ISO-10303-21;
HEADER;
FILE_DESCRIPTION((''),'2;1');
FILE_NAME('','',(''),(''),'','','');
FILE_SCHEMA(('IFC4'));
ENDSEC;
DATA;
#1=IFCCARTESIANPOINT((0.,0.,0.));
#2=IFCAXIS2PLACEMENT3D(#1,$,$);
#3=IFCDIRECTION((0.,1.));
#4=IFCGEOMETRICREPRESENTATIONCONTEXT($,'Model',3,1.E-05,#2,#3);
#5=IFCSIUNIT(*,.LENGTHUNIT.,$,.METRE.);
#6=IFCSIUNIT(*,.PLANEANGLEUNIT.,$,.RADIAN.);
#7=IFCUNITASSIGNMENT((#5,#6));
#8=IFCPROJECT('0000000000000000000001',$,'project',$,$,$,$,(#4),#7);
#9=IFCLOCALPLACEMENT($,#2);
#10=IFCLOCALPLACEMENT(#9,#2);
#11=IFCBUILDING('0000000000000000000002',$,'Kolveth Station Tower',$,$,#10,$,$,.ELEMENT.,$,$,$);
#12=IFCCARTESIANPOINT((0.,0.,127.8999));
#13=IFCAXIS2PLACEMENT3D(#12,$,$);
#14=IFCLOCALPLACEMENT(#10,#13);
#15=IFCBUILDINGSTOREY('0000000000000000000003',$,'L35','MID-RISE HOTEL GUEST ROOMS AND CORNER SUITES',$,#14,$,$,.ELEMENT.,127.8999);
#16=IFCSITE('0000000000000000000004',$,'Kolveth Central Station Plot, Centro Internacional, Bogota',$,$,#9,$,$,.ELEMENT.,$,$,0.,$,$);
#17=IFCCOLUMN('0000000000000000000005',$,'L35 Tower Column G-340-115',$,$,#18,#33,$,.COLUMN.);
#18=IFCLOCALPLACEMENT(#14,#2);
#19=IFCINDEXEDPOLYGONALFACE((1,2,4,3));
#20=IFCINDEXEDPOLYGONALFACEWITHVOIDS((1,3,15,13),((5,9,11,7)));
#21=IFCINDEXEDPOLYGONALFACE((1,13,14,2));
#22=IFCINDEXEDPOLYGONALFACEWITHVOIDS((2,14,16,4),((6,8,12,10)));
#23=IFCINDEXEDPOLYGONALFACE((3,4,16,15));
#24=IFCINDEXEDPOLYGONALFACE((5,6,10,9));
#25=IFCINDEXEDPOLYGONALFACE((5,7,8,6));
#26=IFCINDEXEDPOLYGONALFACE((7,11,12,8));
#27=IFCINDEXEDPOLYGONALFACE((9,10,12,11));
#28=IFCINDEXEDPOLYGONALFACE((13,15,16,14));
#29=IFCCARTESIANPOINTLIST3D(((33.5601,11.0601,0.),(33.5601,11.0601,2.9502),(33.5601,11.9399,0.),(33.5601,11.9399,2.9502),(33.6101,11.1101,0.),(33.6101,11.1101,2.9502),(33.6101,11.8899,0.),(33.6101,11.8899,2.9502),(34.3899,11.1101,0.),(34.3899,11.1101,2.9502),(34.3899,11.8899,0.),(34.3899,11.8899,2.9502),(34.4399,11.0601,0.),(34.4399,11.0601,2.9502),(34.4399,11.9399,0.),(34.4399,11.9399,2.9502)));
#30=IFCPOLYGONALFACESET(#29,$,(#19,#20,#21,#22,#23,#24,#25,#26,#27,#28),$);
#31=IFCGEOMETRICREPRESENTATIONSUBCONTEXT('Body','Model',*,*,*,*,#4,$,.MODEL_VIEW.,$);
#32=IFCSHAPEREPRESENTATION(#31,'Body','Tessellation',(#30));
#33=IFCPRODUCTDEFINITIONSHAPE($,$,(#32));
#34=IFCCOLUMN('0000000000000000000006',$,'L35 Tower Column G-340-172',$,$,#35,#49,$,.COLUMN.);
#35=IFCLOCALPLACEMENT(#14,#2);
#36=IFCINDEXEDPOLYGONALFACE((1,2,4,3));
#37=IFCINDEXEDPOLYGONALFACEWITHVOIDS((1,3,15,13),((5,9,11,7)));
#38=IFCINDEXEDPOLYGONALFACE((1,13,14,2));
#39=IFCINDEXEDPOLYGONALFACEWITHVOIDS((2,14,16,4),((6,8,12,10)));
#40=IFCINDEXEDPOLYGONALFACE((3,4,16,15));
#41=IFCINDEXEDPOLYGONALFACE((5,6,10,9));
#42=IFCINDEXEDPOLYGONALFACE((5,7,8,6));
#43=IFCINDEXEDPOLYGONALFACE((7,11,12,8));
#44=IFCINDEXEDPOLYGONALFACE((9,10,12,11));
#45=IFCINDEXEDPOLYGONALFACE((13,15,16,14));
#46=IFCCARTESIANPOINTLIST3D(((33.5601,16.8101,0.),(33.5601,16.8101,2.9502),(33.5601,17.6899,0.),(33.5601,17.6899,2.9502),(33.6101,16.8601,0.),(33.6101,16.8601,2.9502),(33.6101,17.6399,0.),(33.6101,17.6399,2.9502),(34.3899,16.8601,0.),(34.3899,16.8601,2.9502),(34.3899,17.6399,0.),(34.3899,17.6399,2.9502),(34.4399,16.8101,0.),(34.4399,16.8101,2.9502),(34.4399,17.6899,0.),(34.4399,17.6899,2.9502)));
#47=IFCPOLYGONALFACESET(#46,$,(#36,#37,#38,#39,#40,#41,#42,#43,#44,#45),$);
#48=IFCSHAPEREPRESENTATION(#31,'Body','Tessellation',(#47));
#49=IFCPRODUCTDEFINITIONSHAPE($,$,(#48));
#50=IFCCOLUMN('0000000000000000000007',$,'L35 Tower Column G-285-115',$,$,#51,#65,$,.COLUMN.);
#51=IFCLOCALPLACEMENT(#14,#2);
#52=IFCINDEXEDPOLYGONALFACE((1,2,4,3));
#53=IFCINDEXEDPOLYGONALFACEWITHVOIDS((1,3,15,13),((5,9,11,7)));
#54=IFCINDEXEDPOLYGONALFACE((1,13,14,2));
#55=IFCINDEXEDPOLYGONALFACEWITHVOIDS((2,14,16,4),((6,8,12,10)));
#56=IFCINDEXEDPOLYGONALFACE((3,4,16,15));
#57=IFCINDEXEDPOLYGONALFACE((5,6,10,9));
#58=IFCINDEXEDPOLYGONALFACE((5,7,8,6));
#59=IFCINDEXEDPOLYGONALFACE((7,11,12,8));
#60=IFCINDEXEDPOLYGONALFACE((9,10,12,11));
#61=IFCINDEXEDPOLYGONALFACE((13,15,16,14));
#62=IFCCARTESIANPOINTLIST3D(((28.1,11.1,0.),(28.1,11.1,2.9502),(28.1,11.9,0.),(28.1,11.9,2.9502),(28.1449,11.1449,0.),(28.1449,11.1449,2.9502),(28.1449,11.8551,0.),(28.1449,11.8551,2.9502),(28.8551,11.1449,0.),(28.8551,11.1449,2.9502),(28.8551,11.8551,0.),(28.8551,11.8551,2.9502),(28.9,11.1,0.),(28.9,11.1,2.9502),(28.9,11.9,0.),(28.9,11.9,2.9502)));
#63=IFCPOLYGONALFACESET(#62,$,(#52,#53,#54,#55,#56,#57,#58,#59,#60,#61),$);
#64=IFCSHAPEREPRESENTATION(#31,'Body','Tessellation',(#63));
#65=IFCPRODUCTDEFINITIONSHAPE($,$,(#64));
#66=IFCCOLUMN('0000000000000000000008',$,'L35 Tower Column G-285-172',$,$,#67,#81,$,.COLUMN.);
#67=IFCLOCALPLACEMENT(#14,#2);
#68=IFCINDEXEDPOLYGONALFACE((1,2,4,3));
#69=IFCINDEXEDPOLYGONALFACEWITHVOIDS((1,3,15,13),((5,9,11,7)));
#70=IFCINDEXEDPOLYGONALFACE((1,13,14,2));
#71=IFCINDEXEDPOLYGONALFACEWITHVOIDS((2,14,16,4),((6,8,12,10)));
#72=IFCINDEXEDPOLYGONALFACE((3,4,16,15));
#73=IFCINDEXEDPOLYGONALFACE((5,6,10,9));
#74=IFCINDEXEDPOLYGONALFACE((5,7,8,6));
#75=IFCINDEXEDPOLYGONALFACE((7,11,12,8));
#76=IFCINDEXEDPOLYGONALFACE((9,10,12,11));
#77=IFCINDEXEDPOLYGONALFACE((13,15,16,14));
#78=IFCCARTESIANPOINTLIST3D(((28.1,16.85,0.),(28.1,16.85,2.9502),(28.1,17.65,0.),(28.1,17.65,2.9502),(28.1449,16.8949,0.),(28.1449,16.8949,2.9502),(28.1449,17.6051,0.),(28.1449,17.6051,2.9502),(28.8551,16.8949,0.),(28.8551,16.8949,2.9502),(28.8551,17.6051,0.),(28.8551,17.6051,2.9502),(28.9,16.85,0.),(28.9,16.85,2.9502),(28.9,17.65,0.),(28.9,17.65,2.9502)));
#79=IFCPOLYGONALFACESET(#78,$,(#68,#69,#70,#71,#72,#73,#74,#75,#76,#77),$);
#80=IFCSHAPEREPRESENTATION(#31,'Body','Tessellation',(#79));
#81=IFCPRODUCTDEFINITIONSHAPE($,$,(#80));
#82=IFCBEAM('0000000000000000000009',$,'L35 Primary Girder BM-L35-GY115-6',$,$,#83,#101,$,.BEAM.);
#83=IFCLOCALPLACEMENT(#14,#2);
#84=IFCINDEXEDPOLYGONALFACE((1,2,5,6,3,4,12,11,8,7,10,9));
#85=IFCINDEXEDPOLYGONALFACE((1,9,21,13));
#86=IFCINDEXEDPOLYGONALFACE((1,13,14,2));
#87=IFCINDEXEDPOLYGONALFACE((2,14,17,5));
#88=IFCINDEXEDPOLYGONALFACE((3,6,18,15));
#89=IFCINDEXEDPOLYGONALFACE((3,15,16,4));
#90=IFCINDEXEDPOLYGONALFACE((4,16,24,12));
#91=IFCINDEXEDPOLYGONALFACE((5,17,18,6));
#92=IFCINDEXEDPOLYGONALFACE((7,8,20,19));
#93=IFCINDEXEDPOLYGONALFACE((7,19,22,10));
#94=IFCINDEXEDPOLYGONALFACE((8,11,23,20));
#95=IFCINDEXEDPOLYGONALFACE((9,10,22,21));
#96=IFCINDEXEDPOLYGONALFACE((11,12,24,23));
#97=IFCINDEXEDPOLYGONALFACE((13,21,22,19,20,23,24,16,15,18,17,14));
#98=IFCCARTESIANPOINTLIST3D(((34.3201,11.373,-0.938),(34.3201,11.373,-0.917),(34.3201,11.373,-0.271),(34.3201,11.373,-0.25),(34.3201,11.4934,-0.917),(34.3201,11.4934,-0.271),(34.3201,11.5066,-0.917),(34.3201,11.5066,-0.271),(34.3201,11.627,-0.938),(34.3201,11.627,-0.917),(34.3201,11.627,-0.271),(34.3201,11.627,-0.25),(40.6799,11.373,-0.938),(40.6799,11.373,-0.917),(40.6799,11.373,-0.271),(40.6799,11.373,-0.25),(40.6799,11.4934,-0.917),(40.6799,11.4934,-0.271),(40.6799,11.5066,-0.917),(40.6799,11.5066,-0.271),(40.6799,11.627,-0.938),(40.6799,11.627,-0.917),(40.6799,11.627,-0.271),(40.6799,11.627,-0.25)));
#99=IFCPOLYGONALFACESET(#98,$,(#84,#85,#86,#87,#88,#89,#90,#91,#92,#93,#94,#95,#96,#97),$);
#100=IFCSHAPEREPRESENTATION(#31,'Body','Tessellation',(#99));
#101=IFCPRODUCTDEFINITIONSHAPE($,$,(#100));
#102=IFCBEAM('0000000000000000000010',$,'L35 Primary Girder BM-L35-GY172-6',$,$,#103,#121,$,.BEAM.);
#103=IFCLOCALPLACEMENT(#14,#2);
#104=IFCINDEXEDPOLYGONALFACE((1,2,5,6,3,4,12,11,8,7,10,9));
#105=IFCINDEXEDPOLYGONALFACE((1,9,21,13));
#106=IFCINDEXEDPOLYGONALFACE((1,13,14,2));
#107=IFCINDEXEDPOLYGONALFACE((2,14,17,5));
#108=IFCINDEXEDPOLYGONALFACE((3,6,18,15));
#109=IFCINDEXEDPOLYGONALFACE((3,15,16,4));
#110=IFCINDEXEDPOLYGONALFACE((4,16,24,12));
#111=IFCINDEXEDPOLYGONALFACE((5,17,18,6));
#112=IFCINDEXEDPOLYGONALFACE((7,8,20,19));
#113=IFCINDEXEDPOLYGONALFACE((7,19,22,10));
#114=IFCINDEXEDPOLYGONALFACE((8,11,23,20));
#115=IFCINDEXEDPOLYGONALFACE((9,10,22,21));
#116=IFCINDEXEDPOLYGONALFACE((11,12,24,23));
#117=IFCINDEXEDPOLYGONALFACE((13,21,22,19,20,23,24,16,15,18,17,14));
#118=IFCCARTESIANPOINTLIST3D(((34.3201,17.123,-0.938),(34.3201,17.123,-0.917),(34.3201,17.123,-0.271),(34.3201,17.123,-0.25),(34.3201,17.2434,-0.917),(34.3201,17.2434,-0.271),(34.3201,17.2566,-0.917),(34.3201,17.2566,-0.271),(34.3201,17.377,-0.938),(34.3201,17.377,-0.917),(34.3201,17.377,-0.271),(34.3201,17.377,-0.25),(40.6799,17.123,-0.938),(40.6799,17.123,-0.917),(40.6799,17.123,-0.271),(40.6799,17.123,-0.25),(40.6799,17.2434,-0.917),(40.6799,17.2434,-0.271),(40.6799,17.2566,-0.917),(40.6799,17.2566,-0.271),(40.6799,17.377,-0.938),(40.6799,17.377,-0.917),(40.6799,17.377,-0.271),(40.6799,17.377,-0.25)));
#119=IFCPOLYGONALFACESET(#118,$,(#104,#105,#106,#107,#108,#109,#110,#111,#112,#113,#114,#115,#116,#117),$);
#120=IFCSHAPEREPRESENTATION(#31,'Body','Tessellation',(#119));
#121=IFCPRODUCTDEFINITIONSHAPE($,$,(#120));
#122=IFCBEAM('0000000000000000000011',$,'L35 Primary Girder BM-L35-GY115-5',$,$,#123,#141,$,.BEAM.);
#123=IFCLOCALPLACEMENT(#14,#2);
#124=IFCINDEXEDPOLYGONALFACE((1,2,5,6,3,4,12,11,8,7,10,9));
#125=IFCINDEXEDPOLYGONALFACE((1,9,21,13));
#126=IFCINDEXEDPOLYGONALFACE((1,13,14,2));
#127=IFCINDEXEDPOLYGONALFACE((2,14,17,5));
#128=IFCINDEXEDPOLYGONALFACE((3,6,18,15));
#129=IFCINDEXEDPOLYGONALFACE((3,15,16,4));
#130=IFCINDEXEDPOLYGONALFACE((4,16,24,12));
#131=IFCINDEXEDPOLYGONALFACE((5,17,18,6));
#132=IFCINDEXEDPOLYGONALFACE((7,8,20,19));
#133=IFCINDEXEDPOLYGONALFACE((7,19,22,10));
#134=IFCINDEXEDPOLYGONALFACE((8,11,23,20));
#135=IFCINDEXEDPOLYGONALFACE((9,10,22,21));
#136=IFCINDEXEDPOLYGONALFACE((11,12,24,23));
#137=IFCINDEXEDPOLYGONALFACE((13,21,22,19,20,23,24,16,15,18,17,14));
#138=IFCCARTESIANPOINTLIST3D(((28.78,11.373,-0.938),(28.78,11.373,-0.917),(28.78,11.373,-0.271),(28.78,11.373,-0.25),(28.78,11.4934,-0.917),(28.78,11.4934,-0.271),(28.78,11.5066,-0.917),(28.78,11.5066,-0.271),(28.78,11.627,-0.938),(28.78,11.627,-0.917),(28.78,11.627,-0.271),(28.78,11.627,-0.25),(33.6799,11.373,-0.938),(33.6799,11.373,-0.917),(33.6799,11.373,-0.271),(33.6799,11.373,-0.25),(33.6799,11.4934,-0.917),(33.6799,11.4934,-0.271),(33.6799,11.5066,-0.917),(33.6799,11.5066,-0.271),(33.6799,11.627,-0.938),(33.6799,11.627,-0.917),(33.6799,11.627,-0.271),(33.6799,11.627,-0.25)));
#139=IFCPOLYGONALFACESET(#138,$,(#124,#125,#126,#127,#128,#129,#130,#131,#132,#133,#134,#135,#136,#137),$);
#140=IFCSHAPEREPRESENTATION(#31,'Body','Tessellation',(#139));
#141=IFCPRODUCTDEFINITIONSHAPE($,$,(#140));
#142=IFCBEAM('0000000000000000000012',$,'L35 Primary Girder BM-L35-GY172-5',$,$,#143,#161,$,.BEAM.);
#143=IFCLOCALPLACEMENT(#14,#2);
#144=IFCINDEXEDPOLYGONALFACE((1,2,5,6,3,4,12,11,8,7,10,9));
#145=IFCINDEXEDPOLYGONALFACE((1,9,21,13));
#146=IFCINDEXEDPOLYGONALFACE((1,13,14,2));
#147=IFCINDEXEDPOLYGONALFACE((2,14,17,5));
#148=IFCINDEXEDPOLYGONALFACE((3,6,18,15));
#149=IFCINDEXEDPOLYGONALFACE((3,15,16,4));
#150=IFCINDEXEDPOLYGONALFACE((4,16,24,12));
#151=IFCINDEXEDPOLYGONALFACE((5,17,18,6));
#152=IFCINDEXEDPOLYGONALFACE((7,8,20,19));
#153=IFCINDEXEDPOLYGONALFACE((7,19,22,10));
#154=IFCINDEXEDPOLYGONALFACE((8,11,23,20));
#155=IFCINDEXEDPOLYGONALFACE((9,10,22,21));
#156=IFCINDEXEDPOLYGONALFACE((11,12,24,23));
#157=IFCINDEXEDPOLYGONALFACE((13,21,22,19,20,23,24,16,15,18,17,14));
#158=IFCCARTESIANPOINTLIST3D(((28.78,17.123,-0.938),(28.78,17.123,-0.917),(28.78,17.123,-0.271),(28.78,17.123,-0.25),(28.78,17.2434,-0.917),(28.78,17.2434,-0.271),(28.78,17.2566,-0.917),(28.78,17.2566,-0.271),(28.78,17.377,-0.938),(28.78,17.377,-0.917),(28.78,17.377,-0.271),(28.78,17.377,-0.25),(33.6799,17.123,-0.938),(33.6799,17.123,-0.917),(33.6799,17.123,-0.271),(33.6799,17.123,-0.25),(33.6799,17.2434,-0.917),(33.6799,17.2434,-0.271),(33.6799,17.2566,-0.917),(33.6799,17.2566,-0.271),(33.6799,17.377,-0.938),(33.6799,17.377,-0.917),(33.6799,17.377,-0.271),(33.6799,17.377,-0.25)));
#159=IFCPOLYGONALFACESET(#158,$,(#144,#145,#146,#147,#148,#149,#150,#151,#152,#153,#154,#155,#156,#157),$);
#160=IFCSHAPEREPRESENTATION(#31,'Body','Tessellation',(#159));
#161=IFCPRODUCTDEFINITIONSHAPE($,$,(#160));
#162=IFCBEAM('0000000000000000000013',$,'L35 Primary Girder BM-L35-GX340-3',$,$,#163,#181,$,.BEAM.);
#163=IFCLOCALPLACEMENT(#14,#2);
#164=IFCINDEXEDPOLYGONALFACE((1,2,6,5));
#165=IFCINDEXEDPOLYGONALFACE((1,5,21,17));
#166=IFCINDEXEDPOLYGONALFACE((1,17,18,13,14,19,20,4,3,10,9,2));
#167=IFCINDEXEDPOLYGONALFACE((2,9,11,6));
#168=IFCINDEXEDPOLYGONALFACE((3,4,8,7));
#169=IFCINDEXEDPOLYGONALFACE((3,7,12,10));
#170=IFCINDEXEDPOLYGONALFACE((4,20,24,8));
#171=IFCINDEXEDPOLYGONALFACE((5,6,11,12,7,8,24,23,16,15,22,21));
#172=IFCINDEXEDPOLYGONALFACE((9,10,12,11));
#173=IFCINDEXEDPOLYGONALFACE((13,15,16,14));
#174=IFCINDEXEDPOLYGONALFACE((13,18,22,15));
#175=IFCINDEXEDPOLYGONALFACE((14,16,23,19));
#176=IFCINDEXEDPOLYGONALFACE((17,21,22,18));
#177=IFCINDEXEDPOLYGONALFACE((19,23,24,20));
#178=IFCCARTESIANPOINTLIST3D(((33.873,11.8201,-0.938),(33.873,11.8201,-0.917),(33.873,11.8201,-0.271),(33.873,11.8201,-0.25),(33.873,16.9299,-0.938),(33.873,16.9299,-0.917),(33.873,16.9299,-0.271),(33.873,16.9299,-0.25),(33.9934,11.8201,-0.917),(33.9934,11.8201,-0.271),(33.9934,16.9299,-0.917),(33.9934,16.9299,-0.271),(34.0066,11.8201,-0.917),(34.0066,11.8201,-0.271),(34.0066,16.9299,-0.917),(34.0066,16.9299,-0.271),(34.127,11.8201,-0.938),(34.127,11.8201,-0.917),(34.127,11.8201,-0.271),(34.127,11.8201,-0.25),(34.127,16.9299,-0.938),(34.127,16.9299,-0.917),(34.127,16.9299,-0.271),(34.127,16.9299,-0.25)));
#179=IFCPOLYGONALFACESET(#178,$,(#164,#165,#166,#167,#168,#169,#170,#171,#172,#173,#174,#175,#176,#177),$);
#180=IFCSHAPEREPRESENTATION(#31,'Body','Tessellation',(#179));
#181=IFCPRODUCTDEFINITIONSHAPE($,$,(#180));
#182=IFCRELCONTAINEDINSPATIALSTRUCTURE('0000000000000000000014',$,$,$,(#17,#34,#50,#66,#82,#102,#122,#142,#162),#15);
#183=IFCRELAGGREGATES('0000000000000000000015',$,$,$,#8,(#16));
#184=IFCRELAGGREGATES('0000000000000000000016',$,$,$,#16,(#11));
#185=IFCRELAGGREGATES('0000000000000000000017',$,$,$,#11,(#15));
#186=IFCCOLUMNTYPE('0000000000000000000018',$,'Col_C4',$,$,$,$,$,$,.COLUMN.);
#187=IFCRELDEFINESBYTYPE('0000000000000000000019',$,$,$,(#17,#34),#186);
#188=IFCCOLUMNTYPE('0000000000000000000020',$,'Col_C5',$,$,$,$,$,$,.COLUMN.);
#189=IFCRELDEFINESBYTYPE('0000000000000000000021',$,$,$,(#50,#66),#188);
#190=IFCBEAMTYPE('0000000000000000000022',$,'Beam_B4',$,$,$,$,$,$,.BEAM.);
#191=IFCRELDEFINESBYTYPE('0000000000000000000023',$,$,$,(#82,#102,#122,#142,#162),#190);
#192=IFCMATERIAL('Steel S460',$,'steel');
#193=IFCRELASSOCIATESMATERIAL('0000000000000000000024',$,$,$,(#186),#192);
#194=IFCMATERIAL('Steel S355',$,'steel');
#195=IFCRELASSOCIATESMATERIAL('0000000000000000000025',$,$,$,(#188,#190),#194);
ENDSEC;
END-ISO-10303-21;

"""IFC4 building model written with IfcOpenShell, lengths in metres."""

from ifc_helpers import new_model, si_unit, direction, frame, origin, origin_2d, place, context, subcontext, project, spatial, hollow_rectangle, i_section, extrude, source, transform, mapped, material, material_profile, profile_set, type_object, element, save


model = new_model("IFC4")

# Units and contexts
model_context = context("Model", 3, precision=1e-05, world=origin(), true_north=direction((0.0, 1.0)))
body_context = subcontext(model_context, "Body", "Model", "MODEL_VIEW")
ifc_project = project(units=[si_unit("LENGTHUNIT", "METRE"), si_unit("PLANEANGLEUNIT", "RADIAN")], contexts=[model_context])

# Site, building, storey
site_placement = place(None, origin())
site = spatial("IfcSite", under=ifc_project, at=site_placement, Name="Kolveth Central Station Plot, Centro Internacional, Bogota", CompositionType="ELEMENT", RefElevation=0.0)
building_placement = place(site_placement, origin())
building = spatial("IfcBuilding", under=site, at=building_placement, Name="Kolveth Station Tower", CompositionType="ELEMENT")
storey_placement = place(building_placement, frame((0.0, 0.0, 127.8999)))
storey = spatial("IfcBuildingStorey", under=building, at=storey_placement, Name="L35", Description="MID-RISE HOTEL GUEST ROOMS AND CORNER SUITES", CompositionType="ELEMENT", Elevation=127.8999)

# Columns
ifc_material_1 = material(Name="Steel S460", Category="steel")
ifc_material_profile_1 = material_profile(ifc_material_1, hollow_rectangle(XDim=0.8799, YDim=0.8799, WallThickness=0.05, at=origin_2d()), Name="BOX880x880x50")
ifc_profile_set_1 = profile_set([ifc_material_profile_1], Name="Steel S460")
column_type_1 = type_object("IfcColumnType", Name="Col_C4", PredefinedType="COLUMN", material=ifc_profile_set_1)
shared_shape_1 = source(origin(), body_context, "Body", "SweptSolid", [
    extrude(hollow_rectangle(XDim=0.8799, YDim=0.8799, WallThickness=0.05, at=origin_2d()), origin(), (0.0, 0.0, 1.0), 2.9502),
])
for number, where, z_axis, x_axis, name in (
    (1, (34.0, 11.5, 0.0), (0.0, 0.0, 1.0), (1.0, 0.0, 0.0), "L35 Tower Column G-340-115"),
    (2, (34.0, 17.25, 0.0), (0.0, 0.0, 1.0), (1.0, 0.0, 0.0), "L35 Tower Column G-340-172"),
):
    element("IfcColumn", number, at=place(storey_placement, frame(where, z_axis=z_axis, x_axis=x_axis)), inside=storey, type_object=column_type_1, Name=name, PredefinedType="COLUMN", context=body_context, shape_type="MappedRepresentation", body=[
        mapped(shared_shape_1, transform((0.0, 0.0, 0.0), x_axis=(1.0, 0.0, 0.0), y_axis=(0.0, 1.0, 0.0), z_axis=(0.0, 0.0, 1.0), scale=1.0)),
    ])
ifc_material_2 = material(Name="Steel S355", Category="steel")
ifc_material_profile_2 = material_profile(ifc_material_2, hollow_rectangle(XDim=0.8, YDim=0.8, WallThickness=0.0449, at=origin_2d()), Name="BOX800x800x45")
ifc_profile_set_2 = profile_set([ifc_material_profile_2], Name="Steel S355")
column_type_2 = type_object("IfcColumnType", Name="Col_C5", PredefinedType="COLUMN", material=ifc_profile_set_2)
shared_shape_2 = source(origin(), body_context, "Body", "SweptSolid", [
    extrude(hollow_rectangle(XDim=0.8, YDim=0.8, WallThickness=0.0449, at=origin_2d()), origin(), (0.0, 0.0, 1.0), 2.9502),
])
for number, where, z_axis, x_axis, name in (
    (3, (28.5, 11.5, 0.0), (0.0, 0.0, 1.0), (1.0, 0.0, 0.0), "L35 Tower Column G-285-115"),
    (4, (28.5, 17.25, 0.0), (0.0, 0.0, 1.0), (1.0, 0.0, 0.0), "L35 Tower Column G-285-172"),
):
    element("IfcColumn", number, at=place(storey_placement, frame(where, z_axis=z_axis, x_axis=x_axis)), inside=storey, type_object=column_type_2, Name=name, PredefinedType="COLUMN", context=body_context, shape_type="MappedRepresentation", body=[
        mapped(shared_shape_2, transform((0.0, 0.0, 0.0), x_axis=(1.0, 0.0, 0.0), y_axis=(0.0, 1.0, 0.0), z_axis=(0.0, 0.0, 1.0), scale=1.0)),
    ])

# Beams
ifc_material_profile_3 = material_profile(ifc_material_2, i_section(OverallWidth=0.2539, OverallDepth=0.688, WebThickness=0.0132, FlangeThickness=0.021, at=origin_2d()), Name="W690x152")
ifc_profile_set_3 = profile_set([ifc_material_profile_3], Name="Steel S355")
beam_type_1 = type_object("IfcBeamType", Name="Beam_B4", PredefinedType="BEAM", material=ifc_profile_set_3)
shared_shape_3 = source(origin(), body_context, "Body", "SweptSolid", [
    extrude(i_section(OverallWidth=0.2539, OverallDepth=0.688, WebThickness=0.0132, FlangeThickness=0.021, at=origin_2d()), origin(), (0.0, 0.0, 1.0), 6.3599),
])
for number, where, z_axis, x_axis, name in (
    (5, (34.3201, 11.5, -0.594), (1.0, 0.0, 0.0), (0.0, 1.0, 0.0), "L35 Primary Girder BM-L35-GY115-6"),
    (6, (34.3201, 17.25, -0.594), (1.0, 0.0, 0.0), (0.0, 1.0, 0.0), "L35 Primary Girder BM-L35-GY172-6"),
):
    element("IfcBeam", number, at=place(storey_placement, frame(where, z_axis=z_axis, x_axis=x_axis)), inside=storey, type_object=beam_type_1, Name=name, PredefinedType="BEAM", context=body_context, shape_type="MappedRepresentation", body=[
        mapped(shared_shape_3, transform((0.0, 0.0, 0.0), x_axis=(1.0, 0.0, 0.0), y_axis=(0.0, 1.0, 0.0), z_axis=(0.0, 0.0, 1.0), scale=1.0)),
    ])
shared_shape_4 = source(origin(), body_context, "Body", "SweptSolid", [
    extrude(i_section(OverallWidth=0.2539, OverallDepth=0.688, WebThickness=0.0132, FlangeThickness=0.021, at=origin_2d()), origin(), (0.0, 0.0, 1.0), 4.8999),
])
for number, where, z_axis, x_axis, name in (
    (7, (28.78, 11.5, -0.594), (1.0, 0.0, 0.0), (0.0, 1.0, 0.0), "L35 Primary Girder BM-L35-GY115-5"),
    (8, (28.78, 17.25, -0.594), (1.0, 0.0, 0.0), (0.0, 1.0, 0.0), "L35 Primary Girder BM-L35-GY172-5"),
):
    element("IfcBeam", number, at=place(storey_placement, frame(where, z_axis=z_axis, x_axis=x_axis)), inside=storey, type_object=beam_type_1, Name=name, PredefinedType="BEAM", context=body_context, shape_type="MappedRepresentation", body=[
        mapped(shared_shape_4, transform((0.0, 0.0, 0.0), x_axis=(1.0, 0.0, 0.0), y_axis=(0.0, 1.0, 0.0), z_axis=(0.0, 0.0, 1.0), scale=1.0)),
    ])
shared_shape_5 = source(origin(), body_context, "Body", "SweptSolid", [
    extrude(i_section(OverallWidth=0.2539, OverallDepth=0.688, WebThickness=0.0132, FlangeThickness=0.021, at=origin_2d()), origin(), (0.0, 0.0, 1.0), 5.1099),
])
beam_placement = place(storey_placement, frame((34.0, 11.8201, -0.594), z_axis=(0.0, 1.0, 0.0), x_axis=(-1.0, 0.0, 0.0)))
element("IfcBeam", 9, at=beam_placement, inside=storey, type_object=beam_type_1, Name="L35 Primary Girder BM-L35-GX340-3", PredefinedType="BEAM", context=body_context, shape_type="MappedRepresentation", body=[
    mapped(shared_shape_5, transform((0.0, 0.0, 0.0), x_axis=(1.0, 0.0, 0.0), y_axis=(0.0, 1.0, 0.0), z_axis=(0.0, 0.0, 1.0), scale=1.0)),
])

save(model, "model.ifc")
